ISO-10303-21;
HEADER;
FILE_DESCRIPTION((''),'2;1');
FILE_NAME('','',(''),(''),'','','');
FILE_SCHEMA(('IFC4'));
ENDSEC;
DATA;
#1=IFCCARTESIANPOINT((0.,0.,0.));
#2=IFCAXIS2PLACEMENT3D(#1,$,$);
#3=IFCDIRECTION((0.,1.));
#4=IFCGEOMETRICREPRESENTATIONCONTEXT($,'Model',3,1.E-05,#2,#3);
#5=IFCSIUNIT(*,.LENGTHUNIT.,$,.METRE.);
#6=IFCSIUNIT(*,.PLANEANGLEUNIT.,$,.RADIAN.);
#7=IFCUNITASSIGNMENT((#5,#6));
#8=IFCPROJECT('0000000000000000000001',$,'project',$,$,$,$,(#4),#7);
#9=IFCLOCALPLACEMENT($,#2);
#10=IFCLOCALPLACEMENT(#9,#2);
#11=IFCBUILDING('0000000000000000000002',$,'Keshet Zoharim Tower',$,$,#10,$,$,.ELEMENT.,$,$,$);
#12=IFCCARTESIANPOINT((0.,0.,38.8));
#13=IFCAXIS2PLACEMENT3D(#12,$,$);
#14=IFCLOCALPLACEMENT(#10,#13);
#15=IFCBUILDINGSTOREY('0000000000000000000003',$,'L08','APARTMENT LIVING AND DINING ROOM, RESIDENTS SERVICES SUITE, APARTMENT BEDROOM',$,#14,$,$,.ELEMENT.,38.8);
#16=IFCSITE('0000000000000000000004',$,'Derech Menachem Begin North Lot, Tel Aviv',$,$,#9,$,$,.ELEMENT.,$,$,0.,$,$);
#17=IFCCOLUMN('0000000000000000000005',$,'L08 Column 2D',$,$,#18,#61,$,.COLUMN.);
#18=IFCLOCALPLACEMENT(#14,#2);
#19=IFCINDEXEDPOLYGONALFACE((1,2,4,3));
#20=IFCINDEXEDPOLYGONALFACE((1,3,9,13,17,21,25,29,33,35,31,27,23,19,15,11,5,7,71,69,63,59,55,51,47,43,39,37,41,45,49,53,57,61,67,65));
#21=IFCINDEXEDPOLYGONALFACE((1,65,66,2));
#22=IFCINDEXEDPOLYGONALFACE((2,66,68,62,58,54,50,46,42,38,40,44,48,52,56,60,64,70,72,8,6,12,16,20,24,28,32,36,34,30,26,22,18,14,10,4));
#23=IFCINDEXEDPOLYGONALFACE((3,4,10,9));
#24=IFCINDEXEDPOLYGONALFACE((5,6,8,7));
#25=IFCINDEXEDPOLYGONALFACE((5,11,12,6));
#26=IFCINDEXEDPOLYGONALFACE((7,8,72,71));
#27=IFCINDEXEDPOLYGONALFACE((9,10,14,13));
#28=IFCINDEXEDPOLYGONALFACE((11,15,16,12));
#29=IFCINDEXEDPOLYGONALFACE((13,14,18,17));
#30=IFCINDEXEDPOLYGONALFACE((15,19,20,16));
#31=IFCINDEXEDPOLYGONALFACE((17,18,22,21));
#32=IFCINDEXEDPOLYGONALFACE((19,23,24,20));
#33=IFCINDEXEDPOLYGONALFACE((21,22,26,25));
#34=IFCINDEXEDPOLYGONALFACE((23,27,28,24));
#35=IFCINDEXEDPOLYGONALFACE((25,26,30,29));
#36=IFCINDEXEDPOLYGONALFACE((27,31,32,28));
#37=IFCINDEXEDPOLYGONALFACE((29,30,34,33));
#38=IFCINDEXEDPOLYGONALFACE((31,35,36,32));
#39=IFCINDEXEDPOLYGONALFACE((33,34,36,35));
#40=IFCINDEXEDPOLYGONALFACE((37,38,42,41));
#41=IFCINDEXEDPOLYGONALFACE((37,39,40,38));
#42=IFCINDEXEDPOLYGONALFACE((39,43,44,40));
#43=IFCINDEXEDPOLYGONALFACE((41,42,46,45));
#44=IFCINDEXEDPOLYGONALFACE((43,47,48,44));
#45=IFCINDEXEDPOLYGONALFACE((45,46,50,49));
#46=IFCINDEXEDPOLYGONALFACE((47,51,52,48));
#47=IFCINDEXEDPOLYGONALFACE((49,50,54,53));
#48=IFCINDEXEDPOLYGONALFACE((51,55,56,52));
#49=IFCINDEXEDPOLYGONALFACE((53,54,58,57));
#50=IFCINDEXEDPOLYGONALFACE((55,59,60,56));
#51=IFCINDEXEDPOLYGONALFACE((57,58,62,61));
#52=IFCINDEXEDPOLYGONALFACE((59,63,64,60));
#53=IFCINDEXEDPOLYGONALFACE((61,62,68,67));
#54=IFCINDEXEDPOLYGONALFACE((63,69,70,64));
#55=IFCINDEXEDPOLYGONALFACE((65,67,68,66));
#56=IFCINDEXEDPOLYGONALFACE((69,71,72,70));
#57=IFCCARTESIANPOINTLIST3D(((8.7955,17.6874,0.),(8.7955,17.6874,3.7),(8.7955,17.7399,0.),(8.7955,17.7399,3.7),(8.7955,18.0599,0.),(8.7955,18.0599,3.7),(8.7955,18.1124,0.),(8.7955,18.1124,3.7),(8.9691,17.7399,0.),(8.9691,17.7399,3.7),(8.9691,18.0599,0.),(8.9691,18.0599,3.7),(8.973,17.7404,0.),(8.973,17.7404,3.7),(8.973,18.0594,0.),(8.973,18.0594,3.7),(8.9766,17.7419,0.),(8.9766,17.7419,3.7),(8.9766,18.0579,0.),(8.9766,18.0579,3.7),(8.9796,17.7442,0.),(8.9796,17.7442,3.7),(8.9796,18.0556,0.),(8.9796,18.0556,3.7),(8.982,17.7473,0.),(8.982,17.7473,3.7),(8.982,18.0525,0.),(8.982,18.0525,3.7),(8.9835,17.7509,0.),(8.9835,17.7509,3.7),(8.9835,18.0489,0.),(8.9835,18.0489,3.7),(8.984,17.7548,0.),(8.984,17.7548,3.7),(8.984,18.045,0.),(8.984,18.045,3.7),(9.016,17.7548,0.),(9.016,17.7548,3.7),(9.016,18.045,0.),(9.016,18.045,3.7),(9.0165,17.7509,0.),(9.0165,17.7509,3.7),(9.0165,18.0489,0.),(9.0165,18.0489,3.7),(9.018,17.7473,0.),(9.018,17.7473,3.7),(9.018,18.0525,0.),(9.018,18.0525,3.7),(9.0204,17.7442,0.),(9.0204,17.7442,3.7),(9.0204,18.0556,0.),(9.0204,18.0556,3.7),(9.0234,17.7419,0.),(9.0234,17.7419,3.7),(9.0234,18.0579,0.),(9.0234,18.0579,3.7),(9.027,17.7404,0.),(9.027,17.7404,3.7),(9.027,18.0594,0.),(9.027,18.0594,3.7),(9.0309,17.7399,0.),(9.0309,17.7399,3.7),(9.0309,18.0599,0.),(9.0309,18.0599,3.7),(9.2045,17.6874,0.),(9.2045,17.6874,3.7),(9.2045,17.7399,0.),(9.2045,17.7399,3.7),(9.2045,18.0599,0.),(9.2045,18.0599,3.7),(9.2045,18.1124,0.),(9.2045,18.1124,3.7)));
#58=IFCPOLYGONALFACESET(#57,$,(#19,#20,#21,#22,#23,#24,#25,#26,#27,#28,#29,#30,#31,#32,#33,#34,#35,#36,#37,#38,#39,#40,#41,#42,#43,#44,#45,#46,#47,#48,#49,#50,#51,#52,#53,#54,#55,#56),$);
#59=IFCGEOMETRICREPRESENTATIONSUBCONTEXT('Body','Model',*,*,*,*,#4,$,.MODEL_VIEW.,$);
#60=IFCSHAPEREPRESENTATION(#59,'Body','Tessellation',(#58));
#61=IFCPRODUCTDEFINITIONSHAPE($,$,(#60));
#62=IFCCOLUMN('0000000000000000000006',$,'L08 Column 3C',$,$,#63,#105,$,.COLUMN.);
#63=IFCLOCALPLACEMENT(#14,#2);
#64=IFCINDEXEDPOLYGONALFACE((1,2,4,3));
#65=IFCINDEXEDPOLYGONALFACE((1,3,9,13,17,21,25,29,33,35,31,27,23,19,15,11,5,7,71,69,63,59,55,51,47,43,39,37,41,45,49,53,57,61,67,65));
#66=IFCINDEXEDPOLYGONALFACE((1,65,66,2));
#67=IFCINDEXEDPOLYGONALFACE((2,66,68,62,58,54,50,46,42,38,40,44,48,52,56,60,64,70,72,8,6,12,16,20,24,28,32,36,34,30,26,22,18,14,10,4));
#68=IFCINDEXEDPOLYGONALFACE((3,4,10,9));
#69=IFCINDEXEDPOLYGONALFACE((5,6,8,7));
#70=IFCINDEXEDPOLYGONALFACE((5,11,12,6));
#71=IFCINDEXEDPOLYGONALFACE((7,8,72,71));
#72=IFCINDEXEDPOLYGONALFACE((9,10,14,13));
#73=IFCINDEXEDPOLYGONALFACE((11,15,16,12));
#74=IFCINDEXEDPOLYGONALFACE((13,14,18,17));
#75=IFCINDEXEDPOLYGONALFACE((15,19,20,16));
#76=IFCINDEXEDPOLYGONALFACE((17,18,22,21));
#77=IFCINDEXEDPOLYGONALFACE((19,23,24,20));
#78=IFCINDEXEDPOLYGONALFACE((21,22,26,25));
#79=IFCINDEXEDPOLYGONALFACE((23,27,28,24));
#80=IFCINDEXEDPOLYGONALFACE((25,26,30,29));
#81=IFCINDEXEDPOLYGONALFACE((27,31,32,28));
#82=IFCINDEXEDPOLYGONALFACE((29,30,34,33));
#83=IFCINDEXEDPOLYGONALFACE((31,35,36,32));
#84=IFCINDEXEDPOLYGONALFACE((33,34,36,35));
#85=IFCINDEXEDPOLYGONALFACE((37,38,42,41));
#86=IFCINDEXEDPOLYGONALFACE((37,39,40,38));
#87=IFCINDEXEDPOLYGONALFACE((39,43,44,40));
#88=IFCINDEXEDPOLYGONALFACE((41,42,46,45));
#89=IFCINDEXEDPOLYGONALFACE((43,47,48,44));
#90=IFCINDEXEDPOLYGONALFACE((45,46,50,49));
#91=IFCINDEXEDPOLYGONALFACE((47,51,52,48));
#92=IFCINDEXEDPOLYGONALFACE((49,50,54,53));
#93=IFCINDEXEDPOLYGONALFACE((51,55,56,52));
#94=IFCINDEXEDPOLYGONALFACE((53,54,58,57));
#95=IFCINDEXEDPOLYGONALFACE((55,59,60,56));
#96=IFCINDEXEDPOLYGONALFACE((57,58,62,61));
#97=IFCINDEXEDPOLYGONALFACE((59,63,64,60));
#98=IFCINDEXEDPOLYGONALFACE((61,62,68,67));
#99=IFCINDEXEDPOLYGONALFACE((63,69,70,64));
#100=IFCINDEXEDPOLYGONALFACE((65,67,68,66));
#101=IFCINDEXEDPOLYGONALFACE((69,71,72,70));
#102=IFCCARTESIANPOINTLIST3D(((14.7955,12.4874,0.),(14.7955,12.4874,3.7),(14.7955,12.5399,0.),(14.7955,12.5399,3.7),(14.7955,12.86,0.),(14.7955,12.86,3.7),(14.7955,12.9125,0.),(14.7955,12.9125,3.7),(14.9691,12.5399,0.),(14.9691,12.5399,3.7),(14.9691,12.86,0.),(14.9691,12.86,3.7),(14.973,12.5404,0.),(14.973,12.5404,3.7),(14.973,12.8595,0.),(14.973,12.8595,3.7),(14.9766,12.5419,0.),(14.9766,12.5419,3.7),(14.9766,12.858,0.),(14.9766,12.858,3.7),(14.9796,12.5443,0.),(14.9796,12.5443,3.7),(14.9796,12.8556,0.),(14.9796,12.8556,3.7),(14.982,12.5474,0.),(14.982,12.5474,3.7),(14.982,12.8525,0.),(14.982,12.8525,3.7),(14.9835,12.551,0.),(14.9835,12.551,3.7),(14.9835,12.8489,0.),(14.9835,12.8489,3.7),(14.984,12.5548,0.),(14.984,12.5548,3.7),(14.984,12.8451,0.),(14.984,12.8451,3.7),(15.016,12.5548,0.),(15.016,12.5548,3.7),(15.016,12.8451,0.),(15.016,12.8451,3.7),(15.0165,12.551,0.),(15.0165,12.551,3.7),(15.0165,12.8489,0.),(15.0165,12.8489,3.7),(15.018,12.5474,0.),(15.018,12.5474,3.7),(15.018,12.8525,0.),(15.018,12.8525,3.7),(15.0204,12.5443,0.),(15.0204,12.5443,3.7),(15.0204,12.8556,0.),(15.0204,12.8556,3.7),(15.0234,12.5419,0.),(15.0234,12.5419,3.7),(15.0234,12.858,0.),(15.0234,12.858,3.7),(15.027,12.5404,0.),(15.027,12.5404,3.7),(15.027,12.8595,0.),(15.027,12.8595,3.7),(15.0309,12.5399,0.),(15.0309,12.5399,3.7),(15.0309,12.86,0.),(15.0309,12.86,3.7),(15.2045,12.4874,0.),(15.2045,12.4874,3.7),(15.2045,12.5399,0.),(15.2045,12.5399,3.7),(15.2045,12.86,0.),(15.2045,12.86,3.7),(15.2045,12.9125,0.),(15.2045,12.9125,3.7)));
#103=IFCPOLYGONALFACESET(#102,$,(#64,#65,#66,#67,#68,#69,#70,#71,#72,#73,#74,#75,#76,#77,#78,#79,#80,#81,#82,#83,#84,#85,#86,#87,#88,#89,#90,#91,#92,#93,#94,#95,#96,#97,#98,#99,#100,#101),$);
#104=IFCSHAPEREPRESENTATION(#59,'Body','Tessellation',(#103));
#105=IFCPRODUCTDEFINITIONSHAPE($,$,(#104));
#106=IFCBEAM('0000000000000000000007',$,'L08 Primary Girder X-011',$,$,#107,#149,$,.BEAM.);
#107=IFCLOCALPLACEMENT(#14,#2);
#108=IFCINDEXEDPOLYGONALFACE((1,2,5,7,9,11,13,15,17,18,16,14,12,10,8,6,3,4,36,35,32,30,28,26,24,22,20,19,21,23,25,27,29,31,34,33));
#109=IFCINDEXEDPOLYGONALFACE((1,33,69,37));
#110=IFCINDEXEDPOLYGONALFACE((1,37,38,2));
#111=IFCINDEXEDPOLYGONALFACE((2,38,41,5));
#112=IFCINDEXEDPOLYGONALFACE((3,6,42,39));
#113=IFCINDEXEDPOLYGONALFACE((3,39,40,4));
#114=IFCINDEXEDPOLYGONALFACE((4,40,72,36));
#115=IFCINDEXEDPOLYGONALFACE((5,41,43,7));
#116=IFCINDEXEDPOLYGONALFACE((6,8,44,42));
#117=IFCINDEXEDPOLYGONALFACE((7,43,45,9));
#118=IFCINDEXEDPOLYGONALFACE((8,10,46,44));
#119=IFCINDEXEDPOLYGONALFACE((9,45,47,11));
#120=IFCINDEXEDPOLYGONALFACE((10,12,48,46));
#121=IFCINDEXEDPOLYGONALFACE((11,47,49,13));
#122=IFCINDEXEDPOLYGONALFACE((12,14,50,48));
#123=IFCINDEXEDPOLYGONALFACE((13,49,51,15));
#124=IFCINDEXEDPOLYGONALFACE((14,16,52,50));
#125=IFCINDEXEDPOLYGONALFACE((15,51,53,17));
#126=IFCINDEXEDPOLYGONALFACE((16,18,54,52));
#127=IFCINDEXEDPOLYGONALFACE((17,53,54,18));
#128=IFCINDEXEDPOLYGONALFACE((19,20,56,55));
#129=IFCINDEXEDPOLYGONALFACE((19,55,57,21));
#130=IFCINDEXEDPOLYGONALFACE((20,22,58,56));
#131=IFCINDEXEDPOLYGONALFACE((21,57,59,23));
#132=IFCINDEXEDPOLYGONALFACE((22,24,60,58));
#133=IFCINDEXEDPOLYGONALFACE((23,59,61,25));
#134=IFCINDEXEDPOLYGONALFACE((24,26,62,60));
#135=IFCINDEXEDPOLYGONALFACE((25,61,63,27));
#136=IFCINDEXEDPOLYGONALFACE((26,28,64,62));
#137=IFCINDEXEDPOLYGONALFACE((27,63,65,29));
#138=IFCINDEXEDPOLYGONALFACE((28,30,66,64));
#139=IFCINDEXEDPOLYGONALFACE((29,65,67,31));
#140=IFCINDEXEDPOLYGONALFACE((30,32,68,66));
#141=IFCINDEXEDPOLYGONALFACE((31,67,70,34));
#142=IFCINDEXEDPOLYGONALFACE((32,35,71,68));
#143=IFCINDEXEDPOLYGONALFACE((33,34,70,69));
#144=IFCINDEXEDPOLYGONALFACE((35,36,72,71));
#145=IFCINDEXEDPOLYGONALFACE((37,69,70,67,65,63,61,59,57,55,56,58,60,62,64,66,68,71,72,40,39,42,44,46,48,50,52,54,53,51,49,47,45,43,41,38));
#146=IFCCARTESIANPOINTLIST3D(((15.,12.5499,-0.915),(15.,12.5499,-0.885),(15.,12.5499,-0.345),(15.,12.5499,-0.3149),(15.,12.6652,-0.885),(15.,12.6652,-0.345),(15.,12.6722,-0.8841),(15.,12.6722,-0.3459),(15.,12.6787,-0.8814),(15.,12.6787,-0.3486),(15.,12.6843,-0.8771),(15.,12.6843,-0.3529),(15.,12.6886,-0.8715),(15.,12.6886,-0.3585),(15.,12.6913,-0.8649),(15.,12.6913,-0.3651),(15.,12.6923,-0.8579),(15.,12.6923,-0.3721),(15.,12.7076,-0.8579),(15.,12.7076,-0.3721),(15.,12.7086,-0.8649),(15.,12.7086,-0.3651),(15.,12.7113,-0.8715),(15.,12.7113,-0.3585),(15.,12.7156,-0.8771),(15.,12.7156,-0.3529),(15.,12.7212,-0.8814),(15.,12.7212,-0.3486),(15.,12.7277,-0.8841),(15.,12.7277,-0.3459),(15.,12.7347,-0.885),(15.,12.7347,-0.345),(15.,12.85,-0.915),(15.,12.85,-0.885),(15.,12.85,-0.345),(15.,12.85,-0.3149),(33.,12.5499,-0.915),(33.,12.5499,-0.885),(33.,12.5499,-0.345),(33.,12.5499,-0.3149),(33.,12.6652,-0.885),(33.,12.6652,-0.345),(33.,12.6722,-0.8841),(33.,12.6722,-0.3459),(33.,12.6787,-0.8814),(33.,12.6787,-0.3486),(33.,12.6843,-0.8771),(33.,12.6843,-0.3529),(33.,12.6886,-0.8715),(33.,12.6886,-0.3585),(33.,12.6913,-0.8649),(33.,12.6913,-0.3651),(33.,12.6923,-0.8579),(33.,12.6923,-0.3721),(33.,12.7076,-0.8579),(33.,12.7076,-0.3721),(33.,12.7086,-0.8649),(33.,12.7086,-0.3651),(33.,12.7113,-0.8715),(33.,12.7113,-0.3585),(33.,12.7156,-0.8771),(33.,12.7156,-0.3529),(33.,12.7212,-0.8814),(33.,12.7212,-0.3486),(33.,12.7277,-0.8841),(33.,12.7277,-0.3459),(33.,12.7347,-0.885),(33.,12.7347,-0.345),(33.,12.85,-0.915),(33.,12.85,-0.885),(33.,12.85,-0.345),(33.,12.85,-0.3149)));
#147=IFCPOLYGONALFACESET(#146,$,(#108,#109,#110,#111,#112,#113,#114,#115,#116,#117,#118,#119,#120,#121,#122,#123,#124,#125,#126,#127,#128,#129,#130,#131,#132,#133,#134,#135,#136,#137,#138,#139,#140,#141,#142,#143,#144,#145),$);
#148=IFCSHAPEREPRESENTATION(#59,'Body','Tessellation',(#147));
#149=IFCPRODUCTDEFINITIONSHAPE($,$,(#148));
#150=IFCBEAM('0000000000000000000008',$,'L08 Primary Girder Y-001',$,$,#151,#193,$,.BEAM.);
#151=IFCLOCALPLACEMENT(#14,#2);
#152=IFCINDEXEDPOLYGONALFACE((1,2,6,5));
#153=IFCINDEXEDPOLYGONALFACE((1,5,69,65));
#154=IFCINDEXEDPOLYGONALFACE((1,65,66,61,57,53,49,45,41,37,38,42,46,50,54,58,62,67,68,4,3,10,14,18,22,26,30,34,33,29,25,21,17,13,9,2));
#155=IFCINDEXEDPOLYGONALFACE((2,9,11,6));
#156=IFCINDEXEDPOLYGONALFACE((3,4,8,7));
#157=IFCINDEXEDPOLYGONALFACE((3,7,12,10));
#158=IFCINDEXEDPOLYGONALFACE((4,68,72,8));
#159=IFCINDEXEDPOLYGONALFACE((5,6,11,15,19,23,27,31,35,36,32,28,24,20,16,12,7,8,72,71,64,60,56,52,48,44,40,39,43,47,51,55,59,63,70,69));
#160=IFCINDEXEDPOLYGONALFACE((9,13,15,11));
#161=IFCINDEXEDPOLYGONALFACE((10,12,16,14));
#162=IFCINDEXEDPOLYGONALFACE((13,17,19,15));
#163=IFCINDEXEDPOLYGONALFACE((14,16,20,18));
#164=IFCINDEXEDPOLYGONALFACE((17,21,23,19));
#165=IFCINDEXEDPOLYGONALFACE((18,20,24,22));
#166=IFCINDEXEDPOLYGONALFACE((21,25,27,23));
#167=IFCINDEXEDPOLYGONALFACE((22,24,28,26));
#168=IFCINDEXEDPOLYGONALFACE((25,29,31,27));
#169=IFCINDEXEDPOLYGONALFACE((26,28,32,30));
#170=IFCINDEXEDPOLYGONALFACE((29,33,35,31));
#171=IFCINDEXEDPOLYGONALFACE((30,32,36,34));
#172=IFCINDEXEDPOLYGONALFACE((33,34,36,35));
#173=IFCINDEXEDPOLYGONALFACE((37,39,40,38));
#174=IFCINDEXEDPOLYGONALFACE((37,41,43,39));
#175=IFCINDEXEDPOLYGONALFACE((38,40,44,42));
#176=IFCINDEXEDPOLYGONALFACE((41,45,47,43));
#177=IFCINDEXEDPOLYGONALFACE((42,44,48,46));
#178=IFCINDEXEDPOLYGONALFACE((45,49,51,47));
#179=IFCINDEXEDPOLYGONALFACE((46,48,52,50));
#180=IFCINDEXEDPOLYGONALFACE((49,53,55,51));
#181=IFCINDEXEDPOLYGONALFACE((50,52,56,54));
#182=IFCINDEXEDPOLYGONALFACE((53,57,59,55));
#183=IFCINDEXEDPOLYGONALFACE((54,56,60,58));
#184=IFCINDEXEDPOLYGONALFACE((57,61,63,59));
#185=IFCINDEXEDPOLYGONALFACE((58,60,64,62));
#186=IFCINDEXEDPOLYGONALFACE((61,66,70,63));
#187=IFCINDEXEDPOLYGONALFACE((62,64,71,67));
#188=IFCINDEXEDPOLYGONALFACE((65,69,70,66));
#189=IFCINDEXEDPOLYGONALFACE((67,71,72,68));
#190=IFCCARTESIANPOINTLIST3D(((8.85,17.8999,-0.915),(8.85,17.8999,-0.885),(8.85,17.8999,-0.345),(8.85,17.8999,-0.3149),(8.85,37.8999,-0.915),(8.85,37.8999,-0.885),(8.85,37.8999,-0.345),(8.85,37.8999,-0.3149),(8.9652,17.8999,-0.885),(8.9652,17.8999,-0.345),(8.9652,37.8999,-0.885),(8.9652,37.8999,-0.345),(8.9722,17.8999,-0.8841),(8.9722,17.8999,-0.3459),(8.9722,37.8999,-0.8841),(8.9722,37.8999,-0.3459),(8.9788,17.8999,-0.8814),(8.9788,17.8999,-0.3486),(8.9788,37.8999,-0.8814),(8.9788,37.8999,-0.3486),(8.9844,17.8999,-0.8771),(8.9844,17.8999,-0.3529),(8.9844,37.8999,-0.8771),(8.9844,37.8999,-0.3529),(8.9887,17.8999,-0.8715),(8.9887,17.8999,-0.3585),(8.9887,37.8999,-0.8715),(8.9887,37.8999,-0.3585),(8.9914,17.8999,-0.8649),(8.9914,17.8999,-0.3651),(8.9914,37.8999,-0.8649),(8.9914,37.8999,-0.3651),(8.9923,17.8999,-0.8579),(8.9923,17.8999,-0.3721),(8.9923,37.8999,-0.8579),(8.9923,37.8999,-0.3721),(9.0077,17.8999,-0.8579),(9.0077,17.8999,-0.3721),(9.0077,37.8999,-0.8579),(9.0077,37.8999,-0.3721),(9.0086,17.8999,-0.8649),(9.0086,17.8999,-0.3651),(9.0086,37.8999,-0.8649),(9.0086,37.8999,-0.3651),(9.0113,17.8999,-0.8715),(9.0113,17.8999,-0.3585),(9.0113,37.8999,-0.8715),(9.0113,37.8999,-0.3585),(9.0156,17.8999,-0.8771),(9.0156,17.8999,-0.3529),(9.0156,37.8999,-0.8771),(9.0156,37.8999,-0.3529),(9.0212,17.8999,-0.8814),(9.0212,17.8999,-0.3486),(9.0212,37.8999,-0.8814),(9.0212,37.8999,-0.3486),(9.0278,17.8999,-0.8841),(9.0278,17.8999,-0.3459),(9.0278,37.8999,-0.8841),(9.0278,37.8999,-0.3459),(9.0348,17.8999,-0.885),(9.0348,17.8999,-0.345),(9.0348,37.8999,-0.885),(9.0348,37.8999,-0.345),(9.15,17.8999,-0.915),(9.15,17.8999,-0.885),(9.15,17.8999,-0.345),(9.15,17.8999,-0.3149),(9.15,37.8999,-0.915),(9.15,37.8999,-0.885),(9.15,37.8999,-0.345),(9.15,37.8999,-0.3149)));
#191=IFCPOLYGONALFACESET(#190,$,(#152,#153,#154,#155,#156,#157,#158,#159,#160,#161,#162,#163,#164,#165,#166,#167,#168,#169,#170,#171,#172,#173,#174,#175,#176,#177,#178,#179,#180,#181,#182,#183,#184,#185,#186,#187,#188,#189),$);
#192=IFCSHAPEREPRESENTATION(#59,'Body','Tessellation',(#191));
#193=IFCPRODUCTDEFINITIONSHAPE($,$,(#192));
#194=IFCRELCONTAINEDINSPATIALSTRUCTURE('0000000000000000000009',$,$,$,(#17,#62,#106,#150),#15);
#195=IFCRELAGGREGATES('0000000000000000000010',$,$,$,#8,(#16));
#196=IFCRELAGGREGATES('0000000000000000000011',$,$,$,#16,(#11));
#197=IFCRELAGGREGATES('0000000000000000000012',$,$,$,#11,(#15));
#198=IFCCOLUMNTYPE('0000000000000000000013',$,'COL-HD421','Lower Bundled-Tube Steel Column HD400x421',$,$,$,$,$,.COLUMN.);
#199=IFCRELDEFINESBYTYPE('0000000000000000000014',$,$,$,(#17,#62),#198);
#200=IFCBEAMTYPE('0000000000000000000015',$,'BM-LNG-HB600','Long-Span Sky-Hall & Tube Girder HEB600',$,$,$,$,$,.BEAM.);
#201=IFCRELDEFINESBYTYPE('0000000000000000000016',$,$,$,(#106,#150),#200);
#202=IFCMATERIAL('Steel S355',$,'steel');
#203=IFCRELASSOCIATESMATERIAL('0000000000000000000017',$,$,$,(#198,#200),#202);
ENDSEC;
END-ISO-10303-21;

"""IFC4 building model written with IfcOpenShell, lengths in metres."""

from ifc_helpers import new_model, si_unit, direction, frame, origin, origin_2d, place, context, subcontext, project, spatial, i_section, extrude, material, material_profile, profile_set, type_object, element, save


model = new_model("IFC4")

# Units and contexts
model_context = context("Model", 3, precision=1e-05, world=origin(), true_north=direction((0.0, 1.0)))
body_context = subcontext(model_context, "Body", "Model", "MODEL_VIEW")
ifc_project = project(units=[si_unit("LENGTHUNIT", "METRE"), si_unit("PLANEANGLEUNIT", "RADIAN")], contexts=[model_context])

# Site, building, storey
site_placement = place(None, origin())
site = spatial("IfcSite", under=ifc_project, at=site_placement, Name="Derech Menachem Begin North Lot, Tel Aviv", CompositionType="ELEMENT", RefElevation=0.0)
building_placement = place(site_placement, origin())
building = spatial("IfcBuilding", under=site, at=building_placement, Name="Keshet Zoharim Tower", CompositionType="ELEMENT")
storey_placement = place(building_placement, frame((0.0, 0.0, 38.8)))
storey = spatial("IfcBuildingStorey", under=building, at=storey_placement, Name="L08", Description="APARTMENT LIVING AND DINING ROOM, RESIDENTS SERVICES SUITE, APARTMENT BEDROOM", CompositionType="ELEMENT", Elevation=38.8)

# Columns
ifc_material_1 = material(Name="Steel S355", Category="steel")
ifc_material_profile_1 = material_profile(ifc_material_1, i_section(OverallWidth=0.4089, OverallDepth=0.425, WebThickness=0.032, FlangeThickness=0.0525, FilletRadius=0.0149, at=origin_2d()), Name="HD400x421")
ifc_profile_set_1 = profile_set([ifc_material_profile_1], Name="Steel S355")
column_type = type_object("IfcColumnType", Name="COL-HD421", Description="Lower Bundled-Tube Steel Column HD400x421", PredefinedType="COLUMN", material=ifc_profile_set_1)
for number, where, z_axis, x_axis, name in (
    (1, (9.0, 17.8999, 0.0), (0.0, 0.0, 1.0), (1.0, 0.0, 0.0), "L08 Column 2D"),
    (2, (15.0, 12.7, 0.0), (0.0, 0.0, 1.0), (1.0, 0.0, 0.0), "L08 Column 3C"),
):
    element("IfcColumn", number, at=place(storey_placement, frame(where, z_axis=z_axis, x_axis=x_axis)), inside=storey, type_object=column_type, Name=name, PredefinedType="COLUMN", context=body_context, shape_type="SweptSolid", body=[
        extrude(i_section(OverallWidth=0.4089, OverallDepth=0.425, WebThickness=0.032, FlangeThickness=0.0525, FilletRadius=0.0149, at=origin_2d()), origin(), (0.0, 0.0, 1.0), 3.7),
    ])

# Beams
ifc_material_profile_2 = material_profile(ifc_material_1, i_section(OverallWidth=0.3, OverallDepth=0.6001, WebThickness=0.0154, FlangeThickness=0.03, FilletRadius=0.0271, at=origin_2d()), Name="HEB600")
ifc_profile_set_2 = profile_set([ifc_material_profile_2], Name="Steel S355")
beam_type_1 = type_object("IfcBeamType", Name="BM-LNG-HB600", Description="Long-Span Sky-Hall & Tube Girder HEB600", PredefinedType="BEAM", material=ifc_profile_set_2)
beam_1_placement = place(storey_placement, frame((15.0, 12.7, -0.615), z_axis=(1.0, 0.0, 0.0), x_axis=(0.0, 1.0, 0.0)))
element("IfcBeam", 3, at=beam_1_placement, inside=storey, type_object=beam_type_1, Name="L08 Primary Girder X-011", PredefinedType="BEAM", context=body_context, shape_type="SweptSolid", body=[
    extrude(i_section(OverallWidth=0.3, OverallDepth=0.6001, WebThickness=0.0154, FlangeThickness=0.03, FilletRadius=0.0271, at=origin_2d()), origin(), (0.0, 0.0, 1.0), 18.0),
])
beam_2_placement = place(storey_placement, frame((9.0, 17.8999, -0.615), z_axis=(0.0, 1.0, 0.0), x_axis=(-1.0, 0.0, 0.0)))
element("IfcBeam", 4, at=beam_2_placement, inside=storey, type_object=beam_type_1, Name="L08 Primary Girder Y-001", PredefinedType="BEAM", context=body_context, shape_type="SweptSolid", body=[
    extrude(i_section(OverallWidth=0.3, OverallDepth=0.6001, WebThickness=0.0154, FlangeThickness=0.03, FilletRadius=0.0271, at=origin_2d()), origin(), (0.0, 0.0, 1.0), 20.0),
])

save(model, "model.ifc")
